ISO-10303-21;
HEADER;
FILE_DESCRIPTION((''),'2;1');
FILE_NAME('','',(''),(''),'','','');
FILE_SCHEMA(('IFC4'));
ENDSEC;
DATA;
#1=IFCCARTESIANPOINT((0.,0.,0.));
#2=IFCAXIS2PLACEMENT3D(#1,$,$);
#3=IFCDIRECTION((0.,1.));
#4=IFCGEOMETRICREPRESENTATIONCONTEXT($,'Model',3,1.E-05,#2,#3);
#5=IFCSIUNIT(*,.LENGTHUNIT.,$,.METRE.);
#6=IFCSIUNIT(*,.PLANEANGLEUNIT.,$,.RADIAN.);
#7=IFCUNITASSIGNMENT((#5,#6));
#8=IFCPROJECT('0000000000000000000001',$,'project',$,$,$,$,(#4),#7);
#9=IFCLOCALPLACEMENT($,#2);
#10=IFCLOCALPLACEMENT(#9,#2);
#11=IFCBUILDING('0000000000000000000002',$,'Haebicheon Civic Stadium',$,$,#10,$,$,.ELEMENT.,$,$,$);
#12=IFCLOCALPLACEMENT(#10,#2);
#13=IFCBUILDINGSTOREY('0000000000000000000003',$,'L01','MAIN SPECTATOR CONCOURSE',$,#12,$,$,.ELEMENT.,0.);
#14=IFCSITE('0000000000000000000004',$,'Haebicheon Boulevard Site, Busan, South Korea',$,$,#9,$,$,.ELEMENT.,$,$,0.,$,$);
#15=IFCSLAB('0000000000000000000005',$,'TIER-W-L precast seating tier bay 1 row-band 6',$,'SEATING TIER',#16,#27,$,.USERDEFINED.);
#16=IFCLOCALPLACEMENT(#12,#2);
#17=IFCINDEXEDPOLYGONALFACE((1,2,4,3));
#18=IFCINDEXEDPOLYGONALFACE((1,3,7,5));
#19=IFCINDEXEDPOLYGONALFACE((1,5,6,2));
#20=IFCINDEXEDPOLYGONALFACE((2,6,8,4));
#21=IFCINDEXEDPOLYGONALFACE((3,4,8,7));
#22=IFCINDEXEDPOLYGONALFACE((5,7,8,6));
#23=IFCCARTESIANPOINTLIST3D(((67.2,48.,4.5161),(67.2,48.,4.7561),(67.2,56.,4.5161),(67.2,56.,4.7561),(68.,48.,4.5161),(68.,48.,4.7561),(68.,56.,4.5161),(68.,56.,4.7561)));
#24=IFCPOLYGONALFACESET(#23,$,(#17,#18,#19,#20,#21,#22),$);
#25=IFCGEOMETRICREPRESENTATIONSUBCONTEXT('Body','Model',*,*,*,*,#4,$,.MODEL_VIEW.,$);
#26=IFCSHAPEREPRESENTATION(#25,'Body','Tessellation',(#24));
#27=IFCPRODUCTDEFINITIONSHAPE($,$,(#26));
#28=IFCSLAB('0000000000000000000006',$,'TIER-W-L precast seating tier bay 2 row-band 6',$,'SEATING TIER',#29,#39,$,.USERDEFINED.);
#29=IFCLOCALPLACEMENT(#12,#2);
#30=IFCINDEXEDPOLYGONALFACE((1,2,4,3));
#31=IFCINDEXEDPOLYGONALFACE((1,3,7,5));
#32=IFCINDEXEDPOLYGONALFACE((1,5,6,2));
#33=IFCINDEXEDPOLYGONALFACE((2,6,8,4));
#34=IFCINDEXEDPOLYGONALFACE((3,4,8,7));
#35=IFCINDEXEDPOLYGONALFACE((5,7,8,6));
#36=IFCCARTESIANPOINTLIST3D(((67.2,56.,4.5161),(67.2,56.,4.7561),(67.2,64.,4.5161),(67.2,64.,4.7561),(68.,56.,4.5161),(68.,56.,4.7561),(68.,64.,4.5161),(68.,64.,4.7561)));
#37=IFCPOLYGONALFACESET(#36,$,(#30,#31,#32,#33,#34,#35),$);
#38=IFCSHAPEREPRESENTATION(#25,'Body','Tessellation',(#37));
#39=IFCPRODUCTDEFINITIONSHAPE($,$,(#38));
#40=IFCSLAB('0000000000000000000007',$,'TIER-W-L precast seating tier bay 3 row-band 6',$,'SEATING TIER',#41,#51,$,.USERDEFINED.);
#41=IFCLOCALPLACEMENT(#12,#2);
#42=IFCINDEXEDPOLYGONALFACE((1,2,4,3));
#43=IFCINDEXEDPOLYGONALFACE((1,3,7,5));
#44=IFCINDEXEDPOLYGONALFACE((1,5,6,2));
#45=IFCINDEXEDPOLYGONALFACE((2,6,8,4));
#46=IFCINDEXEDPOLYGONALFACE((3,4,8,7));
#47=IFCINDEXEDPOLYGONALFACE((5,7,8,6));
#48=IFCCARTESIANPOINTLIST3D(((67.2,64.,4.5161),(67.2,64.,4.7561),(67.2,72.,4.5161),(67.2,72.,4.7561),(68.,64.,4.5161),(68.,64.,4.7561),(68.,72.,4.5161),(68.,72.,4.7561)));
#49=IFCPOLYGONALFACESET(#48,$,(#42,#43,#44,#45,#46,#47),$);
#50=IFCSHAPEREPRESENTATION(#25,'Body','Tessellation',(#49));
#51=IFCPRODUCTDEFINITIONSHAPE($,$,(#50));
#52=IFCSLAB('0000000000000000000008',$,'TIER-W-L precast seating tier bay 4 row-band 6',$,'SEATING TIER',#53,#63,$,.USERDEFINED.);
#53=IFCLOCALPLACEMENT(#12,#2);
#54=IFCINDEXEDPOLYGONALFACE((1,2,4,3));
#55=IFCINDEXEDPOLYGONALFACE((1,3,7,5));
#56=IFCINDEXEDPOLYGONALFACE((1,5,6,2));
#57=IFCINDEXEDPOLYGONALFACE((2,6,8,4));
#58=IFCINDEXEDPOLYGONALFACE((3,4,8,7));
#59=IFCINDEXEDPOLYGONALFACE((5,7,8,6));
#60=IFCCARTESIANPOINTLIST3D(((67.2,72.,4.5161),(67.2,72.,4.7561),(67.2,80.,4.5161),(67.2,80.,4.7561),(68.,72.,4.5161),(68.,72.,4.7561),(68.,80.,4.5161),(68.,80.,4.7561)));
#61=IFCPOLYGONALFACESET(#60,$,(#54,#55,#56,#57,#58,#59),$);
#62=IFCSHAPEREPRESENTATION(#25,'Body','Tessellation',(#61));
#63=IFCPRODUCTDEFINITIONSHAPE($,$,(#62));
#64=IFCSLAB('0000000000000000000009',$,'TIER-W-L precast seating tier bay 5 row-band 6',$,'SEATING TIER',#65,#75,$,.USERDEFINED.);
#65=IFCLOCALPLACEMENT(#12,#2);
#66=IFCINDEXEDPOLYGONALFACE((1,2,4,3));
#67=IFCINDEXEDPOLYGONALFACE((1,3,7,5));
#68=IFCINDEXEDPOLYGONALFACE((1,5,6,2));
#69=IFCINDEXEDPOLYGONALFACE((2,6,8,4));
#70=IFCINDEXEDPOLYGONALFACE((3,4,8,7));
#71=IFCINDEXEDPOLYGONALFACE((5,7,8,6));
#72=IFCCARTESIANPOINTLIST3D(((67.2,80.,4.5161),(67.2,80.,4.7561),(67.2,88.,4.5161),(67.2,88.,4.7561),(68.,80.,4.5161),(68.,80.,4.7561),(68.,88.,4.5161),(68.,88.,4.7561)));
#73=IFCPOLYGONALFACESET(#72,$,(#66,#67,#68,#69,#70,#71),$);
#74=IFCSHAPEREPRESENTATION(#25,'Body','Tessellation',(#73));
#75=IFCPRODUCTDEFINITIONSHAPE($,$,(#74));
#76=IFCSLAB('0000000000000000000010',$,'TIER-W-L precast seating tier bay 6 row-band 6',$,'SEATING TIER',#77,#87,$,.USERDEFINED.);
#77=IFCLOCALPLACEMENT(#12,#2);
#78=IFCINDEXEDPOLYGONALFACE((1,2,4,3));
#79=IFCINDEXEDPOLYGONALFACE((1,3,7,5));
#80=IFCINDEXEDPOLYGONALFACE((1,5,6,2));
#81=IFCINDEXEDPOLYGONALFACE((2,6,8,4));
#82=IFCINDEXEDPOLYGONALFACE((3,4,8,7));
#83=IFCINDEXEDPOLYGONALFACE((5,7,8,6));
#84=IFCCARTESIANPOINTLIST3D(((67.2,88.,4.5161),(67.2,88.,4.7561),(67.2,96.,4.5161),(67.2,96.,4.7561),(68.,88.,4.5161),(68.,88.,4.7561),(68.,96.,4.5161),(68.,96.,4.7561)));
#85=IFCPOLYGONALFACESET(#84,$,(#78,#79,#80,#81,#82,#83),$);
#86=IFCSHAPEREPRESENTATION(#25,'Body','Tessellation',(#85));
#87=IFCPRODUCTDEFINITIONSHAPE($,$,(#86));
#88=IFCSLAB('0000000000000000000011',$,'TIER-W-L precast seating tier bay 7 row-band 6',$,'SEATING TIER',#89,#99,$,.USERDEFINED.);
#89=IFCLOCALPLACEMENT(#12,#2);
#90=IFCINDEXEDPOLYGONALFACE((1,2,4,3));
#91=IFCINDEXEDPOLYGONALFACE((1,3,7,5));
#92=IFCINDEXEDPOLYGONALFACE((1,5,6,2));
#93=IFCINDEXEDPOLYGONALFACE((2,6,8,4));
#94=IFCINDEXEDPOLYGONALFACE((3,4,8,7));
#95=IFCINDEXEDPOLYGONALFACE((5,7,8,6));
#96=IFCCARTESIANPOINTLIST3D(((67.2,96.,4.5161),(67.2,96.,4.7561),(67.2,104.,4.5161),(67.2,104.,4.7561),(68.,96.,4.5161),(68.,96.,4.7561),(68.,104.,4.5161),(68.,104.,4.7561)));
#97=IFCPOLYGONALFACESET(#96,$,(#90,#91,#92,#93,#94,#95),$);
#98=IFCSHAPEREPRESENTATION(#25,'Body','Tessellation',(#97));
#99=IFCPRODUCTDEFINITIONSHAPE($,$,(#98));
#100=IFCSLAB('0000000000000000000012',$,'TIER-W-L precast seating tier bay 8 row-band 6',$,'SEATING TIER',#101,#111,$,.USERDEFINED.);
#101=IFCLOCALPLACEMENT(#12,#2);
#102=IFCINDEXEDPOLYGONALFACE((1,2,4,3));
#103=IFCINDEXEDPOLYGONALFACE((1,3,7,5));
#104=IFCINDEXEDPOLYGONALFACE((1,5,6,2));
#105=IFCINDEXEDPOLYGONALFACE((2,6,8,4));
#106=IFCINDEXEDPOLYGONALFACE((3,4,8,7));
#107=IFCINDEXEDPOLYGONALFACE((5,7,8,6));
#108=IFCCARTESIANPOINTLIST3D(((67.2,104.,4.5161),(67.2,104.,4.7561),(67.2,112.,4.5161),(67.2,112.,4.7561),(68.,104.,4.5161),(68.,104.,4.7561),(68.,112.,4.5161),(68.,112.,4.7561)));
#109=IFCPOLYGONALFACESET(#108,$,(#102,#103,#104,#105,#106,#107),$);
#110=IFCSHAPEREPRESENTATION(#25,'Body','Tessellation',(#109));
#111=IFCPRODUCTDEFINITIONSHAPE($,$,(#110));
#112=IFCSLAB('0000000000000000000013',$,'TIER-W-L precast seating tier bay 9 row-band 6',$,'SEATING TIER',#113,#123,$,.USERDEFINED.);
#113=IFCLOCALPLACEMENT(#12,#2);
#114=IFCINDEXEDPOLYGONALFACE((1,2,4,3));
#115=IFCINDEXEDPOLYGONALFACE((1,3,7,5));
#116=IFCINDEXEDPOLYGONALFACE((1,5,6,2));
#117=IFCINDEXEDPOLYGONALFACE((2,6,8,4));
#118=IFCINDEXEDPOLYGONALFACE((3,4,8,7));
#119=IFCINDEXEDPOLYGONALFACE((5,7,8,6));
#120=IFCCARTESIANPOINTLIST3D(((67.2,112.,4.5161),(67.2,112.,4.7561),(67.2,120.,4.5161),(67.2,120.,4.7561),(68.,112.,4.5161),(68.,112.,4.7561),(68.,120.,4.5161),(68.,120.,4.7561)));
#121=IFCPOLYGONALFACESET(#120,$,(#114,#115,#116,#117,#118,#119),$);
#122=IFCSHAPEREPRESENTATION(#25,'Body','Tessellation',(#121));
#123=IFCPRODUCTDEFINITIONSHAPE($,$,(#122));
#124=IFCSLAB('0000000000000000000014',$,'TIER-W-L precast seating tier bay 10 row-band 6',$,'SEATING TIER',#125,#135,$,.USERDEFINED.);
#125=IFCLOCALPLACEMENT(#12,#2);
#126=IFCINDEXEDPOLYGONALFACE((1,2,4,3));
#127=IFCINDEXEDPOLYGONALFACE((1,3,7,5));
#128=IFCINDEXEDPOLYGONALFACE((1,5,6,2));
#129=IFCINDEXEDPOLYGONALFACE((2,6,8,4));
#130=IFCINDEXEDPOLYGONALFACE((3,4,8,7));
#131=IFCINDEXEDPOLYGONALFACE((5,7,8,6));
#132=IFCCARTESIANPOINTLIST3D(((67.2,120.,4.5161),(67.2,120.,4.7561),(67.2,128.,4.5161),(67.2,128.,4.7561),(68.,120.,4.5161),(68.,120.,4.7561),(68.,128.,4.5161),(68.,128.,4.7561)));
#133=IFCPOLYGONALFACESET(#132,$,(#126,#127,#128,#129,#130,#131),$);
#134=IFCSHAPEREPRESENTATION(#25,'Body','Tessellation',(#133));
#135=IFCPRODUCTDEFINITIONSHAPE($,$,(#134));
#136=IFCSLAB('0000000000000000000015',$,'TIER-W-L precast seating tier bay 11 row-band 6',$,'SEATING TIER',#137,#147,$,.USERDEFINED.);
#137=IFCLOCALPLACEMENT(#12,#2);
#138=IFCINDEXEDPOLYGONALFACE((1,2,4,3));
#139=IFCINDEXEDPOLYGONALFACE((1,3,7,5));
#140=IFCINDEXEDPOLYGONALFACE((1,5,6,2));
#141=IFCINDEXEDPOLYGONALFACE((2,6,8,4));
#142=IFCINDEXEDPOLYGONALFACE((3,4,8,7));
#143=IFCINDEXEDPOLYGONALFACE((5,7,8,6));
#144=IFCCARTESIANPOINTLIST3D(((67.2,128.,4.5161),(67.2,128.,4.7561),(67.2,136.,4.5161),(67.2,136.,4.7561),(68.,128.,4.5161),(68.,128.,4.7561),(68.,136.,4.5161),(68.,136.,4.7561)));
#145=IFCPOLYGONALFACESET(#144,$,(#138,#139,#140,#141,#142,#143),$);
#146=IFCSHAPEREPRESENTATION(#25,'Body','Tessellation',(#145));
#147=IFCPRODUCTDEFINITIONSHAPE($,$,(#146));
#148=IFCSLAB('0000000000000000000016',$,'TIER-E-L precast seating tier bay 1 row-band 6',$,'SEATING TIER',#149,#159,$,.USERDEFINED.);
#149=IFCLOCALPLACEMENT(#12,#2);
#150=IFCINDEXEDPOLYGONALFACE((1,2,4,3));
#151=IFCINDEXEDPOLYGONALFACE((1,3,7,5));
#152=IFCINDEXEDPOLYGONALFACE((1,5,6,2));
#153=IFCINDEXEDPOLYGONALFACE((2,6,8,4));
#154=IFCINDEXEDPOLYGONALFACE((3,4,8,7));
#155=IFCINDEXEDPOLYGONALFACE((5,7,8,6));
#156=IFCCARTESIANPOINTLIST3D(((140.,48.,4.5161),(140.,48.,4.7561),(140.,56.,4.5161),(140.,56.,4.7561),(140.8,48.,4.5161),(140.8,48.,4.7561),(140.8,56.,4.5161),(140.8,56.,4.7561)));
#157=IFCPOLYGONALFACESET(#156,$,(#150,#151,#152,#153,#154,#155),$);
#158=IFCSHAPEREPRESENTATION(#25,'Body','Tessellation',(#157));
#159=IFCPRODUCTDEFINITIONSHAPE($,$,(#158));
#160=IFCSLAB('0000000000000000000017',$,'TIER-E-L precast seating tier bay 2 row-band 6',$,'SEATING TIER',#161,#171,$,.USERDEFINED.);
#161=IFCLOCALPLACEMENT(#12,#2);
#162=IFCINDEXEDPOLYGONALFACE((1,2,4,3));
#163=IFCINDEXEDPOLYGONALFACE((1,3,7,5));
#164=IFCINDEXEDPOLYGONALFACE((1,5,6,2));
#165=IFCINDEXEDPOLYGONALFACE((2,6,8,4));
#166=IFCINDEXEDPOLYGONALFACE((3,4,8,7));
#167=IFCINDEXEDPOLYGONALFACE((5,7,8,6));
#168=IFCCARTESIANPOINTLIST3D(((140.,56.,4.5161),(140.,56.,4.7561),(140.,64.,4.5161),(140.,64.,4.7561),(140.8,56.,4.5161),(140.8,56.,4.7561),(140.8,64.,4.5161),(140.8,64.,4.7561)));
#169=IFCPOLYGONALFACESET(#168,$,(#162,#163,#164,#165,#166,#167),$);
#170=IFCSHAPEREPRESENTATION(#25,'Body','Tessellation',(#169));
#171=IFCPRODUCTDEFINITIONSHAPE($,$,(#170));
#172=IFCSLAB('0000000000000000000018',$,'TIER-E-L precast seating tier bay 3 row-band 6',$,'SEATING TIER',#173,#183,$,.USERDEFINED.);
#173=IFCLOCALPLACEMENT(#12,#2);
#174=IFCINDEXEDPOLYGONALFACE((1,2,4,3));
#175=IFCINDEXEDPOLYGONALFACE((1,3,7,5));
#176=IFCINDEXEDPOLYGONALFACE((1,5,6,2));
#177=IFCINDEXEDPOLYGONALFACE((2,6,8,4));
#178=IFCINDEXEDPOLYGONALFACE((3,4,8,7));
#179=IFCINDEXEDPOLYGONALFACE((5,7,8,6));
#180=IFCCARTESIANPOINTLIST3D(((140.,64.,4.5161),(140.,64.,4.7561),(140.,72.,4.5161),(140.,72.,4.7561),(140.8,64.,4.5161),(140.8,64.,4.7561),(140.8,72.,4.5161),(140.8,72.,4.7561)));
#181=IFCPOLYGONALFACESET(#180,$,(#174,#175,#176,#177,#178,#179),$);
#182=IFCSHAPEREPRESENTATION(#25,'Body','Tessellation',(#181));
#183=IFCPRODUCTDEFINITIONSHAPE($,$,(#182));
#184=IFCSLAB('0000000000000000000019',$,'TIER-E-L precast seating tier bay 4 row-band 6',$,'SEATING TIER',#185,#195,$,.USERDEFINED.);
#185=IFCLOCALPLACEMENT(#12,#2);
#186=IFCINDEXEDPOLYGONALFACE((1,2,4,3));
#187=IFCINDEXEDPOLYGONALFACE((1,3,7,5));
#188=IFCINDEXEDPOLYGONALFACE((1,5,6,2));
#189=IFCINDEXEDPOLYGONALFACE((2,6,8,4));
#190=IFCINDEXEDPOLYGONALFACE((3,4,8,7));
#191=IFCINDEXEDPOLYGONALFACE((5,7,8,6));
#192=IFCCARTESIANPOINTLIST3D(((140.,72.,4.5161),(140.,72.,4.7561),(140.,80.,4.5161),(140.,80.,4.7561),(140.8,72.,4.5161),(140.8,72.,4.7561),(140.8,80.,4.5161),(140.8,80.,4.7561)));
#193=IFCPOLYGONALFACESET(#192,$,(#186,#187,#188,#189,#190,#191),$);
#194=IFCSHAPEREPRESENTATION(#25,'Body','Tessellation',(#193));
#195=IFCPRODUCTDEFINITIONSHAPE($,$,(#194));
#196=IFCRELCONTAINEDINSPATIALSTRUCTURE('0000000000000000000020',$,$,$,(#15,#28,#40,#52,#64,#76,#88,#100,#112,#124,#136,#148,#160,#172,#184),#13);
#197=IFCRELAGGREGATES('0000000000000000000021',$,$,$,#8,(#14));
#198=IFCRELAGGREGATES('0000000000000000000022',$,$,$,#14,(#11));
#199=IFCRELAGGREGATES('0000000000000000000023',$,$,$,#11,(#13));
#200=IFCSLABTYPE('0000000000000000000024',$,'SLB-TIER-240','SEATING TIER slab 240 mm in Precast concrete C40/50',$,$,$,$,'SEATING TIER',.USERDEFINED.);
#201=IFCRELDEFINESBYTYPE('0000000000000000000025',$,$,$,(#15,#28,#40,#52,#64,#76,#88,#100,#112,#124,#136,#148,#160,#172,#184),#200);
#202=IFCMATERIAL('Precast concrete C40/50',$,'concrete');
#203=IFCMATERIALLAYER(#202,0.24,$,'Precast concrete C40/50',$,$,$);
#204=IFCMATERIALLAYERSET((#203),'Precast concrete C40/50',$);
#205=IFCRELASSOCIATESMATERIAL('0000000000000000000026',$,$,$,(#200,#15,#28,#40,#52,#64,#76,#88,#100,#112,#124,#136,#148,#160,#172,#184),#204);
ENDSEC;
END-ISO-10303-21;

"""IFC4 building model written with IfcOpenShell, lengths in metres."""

from ifc_helpers import new_model, si_unit, direction, frame, origin, place, context, subcontext, project, spatial, polyline, outline, extrude, material, layer, layer_set, type_object, element, save


model = new_model("IFC4")

# Units and contexts
model_context = context("Model", 3, precision=1e-05, world=origin(), true_north=direction((0.0, 1.0)))
body_context = subcontext(model_context, "Body", "Model", "MODEL_VIEW")
ifc_project = project(units=[si_unit("LENGTHUNIT", "METRE"), si_unit("PLANEANGLEUNIT", "RADIAN")], contexts=[model_context])

# Site, building, storey
site_placement = place(None, origin())
site = spatial("IfcSite", under=ifc_project, at=site_placement, Name="Haebicheon Boulevard Site, Busan, South Korea", CompositionType="ELEMENT", RefElevation=0.0)
building_placement = place(site_placement, origin())
building = spatial("IfcBuilding", under=site, at=building_placement, Name="Haebicheon Civic Stadium", CompositionType="ELEMENT")
storey_placement = place(building_placement, origin())
storey = spatial("IfcBuildingStorey", under=building, at=storey_placement, Name="L01", Description="MAIN SPECTATOR CONCOURSE", CompositionType="ELEMENT", Elevation=0.0)

# Slabs
ifc_material = material(Name="Precast concrete C40/50", Category="concrete")
ifc_layer = layer(ifc_material, 0.24, Name="Precast concrete C40/50")
ifc_layer_set = layer_set([ifc_layer], Name="Precast concrete C40/50")
slab_type = type_object("IfcSlabType", Name="SLB-TIER-240", Description="SEATING TIER slab 240 mm in Precast concrete C40/50", ElementType="SEATING TIER", PredefinedType="USERDEFINED", material=ifc_layer_set)
slab_1_placement = place(storey_placement, frame((0.0, 0.0, 4.5161)))
element("IfcSlab", 1, at=slab_1_placement, inside=storey, type_object=slab_type, material=ifc_layer_set, Name="TIER-W-L precast seating tier bay 1 row-band 6", ObjectType="SEATING TIER", PredefinedType="USERDEFINED", context=body_context, shape_type="SweptSolid", body=[
    extrude(outline(polyline([(67.2, 48.0), (68.0, 48.0), (68.0, 56.0), (67.2, 56.0), (67.2, 48.0)])), origin(), (0.0, 0.0, 1.0), 0.24),
])
slab_2_placement = place(storey_placement, frame((0.0, 0.0, 4.5161)))
element("IfcSlab", 2, at=slab_2_placement, inside=storey, type_object=slab_type, material=ifc_layer_set, Name="TIER-W-L precast seating tier bay 2 row-band 6", ObjectType="SEATING TIER", PredefinedType="USERDEFINED", context=body_context, shape_type="SweptSolid", body=[
    extrude(outline(polyline([(67.2, 56.0), (68.0, 56.0), (68.0, 64.0), (67.2, 64.0), (67.2, 56.0)])), origin(), (0.0, 0.0, 1.0), 0.24),
])
slab_3_placement = place(storey_placement, frame((0.0, 0.0, 4.5161)))
element("IfcSlab", 3, at=slab_3_placement, inside=storey, type_object=slab_type, material=ifc_layer_set, Name="TIER-W-L precast seating tier bay 3 row-band 6", ObjectType="SEATING TIER", PredefinedType="USERDEFINED", context=body_context, shape_type="SweptSolid", body=[
    extrude(outline(polyline([(67.2, 64.0), (68.0, 64.0), (68.0, 72.0), (67.2, 72.0), (67.2, 64.0)])), origin(), (0.0, 0.0, 1.0), 0.24),
])
slab_4_placement = place(storey_placement, frame((0.0, 0.0, 4.5161)))
element("IfcSlab", 4, at=slab_4_placement, inside=storey, type_object=slab_type, material=ifc_layer_set, Name="TIER-W-L precast seating tier bay 4 row-band 6", ObjectType="SEATING TIER", PredefinedType="USERDEFINED", context=body_context, shape_type="SweptSolid", body=[
    extrude(outline(polyline([(67.2, 72.0), (68.0, 72.0), (68.0, 80.0), (67.2, 80.0), (67.2, 72.0)])), origin(), (0.0, 0.0, 1.0), 0.24),
])
slab_5_placement = place(storey_placement, frame((0.0, 0.0, 4.5161)))
element("IfcSlab", 5, at=slab_5_placement, inside=storey, type_object=slab_type, material=ifc_layer_set, Name="TIER-W-L precast seating tier bay 5 row-band 6", ObjectType="SEATING TIER", PredefinedType="USERDEFINED", context=body_context, shape_type="SweptSolid", body=[
    extrude(outline(polyline([(67.2, 80.0), (68.0, 80.0), (68.0, 88.0), (67.2, 88.0), (67.2, 80.0)])), origin(), (0.0, 0.0, 1.0), 0.24),
])
slab_6_placement = place(storey_placement, frame((0.0, 0.0, 4.5161)))
element("IfcSlab", 6, at=slab_6_placement, inside=storey, type_object=slab_type, material=ifc_layer_set, Name="TIER-W-L precast seating tier bay 6 row-band 6", ObjectType="SEATING TIER", PredefinedType="USERDEFINED", context=body_context, shape_type="SweptSolid", body=[
    extrude(outline(polyline([(67.2, 88.0), (68.0, 88.0), (68.0, 96.0), (67.2, 96.0), (67.2, 88.0)])), origin(), (0.0, 0.0, 1.0), 0.24),
])
slab_7_placement = place(storey_placement, frame((0.0, 0.0, 4.5161)))
element("IfcSlab", 7, at=slab_7_placement, inside=storey, type_object=slab_type, material=ifc_layer_set, Name="TIER-W-L precast seating tier bay 7 row-band 6", ObjectType="SEATING TIER", PredefinedType="USERDEFINED", context=body_context, shape_type="SweptSolid", body=[
    extrude(outline(polyline([(67.2, 96.0), (68.0, 96.0), (68.0, 104.0), (67.2, 104.0), (67.2, 96.0)])), origin(), (0.0, 0.0, 1.0), 0.24),
])
slab_8_placement = place(storey_placement, frame((0.0, 0.0, 4.5161)))
element("IfcSlab", 8, at=slab_8_placement, inside=storey, type_object=slab_type, material=ifc_layer_set, Name="TIER-W-L precast seating tier bay 8 row-band 6", ObjectType="SEATING TIER", PredefinedType="USERDEFINED", context=body_context, shape_type="SweptSolid", body=[
    extrude(outline(polyline([(67.2, 104.0), (68.0, 104.0), (68.0, 112.0), (67.2, 112.0), (67.2, 104.0)])), origin(), (0.0, 0.0, 1.0), 0.24),
])
slab_9_placement = place(storey_placement, frame((0.0, 0.0, 4.5161)))
element("IfcSlab", 9, at=slab_9_placement, inside=storey, type_object=slab_type, material=ifc_layer_set, Name="TIER-W-L precast seating tier bay 9 row-band 6", ObjectType="SEATING TIER", PredefinedType="USERDEFINED", context=body_context, shape_type="SweptSolid", body=[
    extrude(outline(polyline([(67.2, 112.0), (68.0, 112.0), (68.0, 120.0), (67.2, 120.0), (67.2, 112.0)])), origin(), (0.0, 0.0, 1.0), 0.24),
])
slab_10_placement = place(storey_placement, frame((0.0, 0.0, 4.5161)))
element("IfcSlab", 10, at=slab_10_placement, inside=storey, type_object=slab_type, material=ifc_layer_set, Name="TIER-W-L precast seating tier bay 10 row-band 6", ObjectType="SEATING TIER", PredefinedType="USERDEFINED", context=body_context, shape_type="SweptSolid", body=[
    extrude(outline(polyline([(67.2, 120.0), (68.0, 120.0), (68.0, 128.0), (67.2, 128.0), (67.2, 120.0)])), origin(), (0.0, 0.0, 1.0), 0.24),
])
slab_11_placement = place(storey_placement, frame((0.0, 0.0, 4.5161)))
element("IfcSlab", 11, at=slab_11_placement, inside=storey, type_object=slab_type, material=ifc_layer_set, Name="TIER-W-L precast seating tier bay 11 row-band 6", ObjectType="SEATING TIER", PredefinedType="USERDEFINED", context=body_context, shape_type="SweptSolid", body=[
    extrude(outline(polyline([(67.2, 128.0), (68.0, 128.0), (68.0, 136.0), (67.2, 136.0), (67.2, 128.0)])), origin(), (0.0, 0.0, 1.0), 0.24),
])
slab_12_placement = place(storey_placement, frame((0.0, 0.0, 4.5161)))
element("IfcSlab", 12, at=slab_12_placement, inside=storey, type_object=slab_type, material=ifc_layer_set, Name="TIER-E-L precast seating tier bay 1 row-band 6", ObjectType="SEATING TIER", PredefinedType="USERDEFINED", context=body_context, shape_type="SweptSolid", body=[
    extrude(outline(polyline([(140.0, 48.0), (140.8, 48.0), (140.8, 56.0), (140.0, 56.0), (140.0, 48.0)])), origin(), (0.0, 0.0, 1.0), 0.24),
])
slab_13_placement = place(storey_placement, frame((0.0, 0.0, 4.5161)))
element("IfcSlab", 13, at=slab_13_placement, inside=storey, type_object=slab_type, material=ifc_layer_set, Name="TIER-E-L precast seating tier bay 2 row-band 6", ObjectType="SEATING TIER", PredefinedType="USERDEFINED", context=body_context, shape_type="SweptSolid", body=[
    extrude(outline(polyline([(140.0, 56.0), (140.8, 56.0), (140.8, 64.0), (140.0, 64.0), (140.0, 56.0)])), origin(), (0.0, 0.0, 1.0), 0.24),
])
slab_14_placement = place(storey_placement, frame((0.0, 0.0, 4.5161)))
element("IfcSlab", 14, at=slab_14_placement, inside=storey, type_object=slab_type, material=ifc_layer_set, Name="TIER-E-L precast seating tier bay 3 row-band 6", ObjectType="SEATING TIER", PredefinedType="USERDEFINED", context=body_context, shape_type="SweptSolid", body=[
    extrude(outline(polyline([(140.0, 64.0), (140.8, 64.0), (140.8, 72.0), (140.0, 72.0), (140.0, 64.0)])), origin(), (0.0, 0.0, 1.0), 0.24),
])
slab_15_placement = place(storey_placement, frame((0.0, 0.0, 4.5161)))
element("IfcSlab", 15, at=slab_15_placement, inside=storey, type_object=slab_type, material=ifc_layer_set, Name="TIER-E-L precast seating tier bay 4 row-band 6", ObjectType="SEATING TIER", PredefinedType="USERDEFINED", context=body_context, shape_type="SweptSolid", body=[
    extrude(outline(polyline([(140.0, 72.0), (140.8, 72.0), (140.8, 80.0), (140.0, 80.0), (140.0, 72.0)])), origin(), (0.0, 0.0, 1.0), 0.24),
])

save(model, "model.ifc")
